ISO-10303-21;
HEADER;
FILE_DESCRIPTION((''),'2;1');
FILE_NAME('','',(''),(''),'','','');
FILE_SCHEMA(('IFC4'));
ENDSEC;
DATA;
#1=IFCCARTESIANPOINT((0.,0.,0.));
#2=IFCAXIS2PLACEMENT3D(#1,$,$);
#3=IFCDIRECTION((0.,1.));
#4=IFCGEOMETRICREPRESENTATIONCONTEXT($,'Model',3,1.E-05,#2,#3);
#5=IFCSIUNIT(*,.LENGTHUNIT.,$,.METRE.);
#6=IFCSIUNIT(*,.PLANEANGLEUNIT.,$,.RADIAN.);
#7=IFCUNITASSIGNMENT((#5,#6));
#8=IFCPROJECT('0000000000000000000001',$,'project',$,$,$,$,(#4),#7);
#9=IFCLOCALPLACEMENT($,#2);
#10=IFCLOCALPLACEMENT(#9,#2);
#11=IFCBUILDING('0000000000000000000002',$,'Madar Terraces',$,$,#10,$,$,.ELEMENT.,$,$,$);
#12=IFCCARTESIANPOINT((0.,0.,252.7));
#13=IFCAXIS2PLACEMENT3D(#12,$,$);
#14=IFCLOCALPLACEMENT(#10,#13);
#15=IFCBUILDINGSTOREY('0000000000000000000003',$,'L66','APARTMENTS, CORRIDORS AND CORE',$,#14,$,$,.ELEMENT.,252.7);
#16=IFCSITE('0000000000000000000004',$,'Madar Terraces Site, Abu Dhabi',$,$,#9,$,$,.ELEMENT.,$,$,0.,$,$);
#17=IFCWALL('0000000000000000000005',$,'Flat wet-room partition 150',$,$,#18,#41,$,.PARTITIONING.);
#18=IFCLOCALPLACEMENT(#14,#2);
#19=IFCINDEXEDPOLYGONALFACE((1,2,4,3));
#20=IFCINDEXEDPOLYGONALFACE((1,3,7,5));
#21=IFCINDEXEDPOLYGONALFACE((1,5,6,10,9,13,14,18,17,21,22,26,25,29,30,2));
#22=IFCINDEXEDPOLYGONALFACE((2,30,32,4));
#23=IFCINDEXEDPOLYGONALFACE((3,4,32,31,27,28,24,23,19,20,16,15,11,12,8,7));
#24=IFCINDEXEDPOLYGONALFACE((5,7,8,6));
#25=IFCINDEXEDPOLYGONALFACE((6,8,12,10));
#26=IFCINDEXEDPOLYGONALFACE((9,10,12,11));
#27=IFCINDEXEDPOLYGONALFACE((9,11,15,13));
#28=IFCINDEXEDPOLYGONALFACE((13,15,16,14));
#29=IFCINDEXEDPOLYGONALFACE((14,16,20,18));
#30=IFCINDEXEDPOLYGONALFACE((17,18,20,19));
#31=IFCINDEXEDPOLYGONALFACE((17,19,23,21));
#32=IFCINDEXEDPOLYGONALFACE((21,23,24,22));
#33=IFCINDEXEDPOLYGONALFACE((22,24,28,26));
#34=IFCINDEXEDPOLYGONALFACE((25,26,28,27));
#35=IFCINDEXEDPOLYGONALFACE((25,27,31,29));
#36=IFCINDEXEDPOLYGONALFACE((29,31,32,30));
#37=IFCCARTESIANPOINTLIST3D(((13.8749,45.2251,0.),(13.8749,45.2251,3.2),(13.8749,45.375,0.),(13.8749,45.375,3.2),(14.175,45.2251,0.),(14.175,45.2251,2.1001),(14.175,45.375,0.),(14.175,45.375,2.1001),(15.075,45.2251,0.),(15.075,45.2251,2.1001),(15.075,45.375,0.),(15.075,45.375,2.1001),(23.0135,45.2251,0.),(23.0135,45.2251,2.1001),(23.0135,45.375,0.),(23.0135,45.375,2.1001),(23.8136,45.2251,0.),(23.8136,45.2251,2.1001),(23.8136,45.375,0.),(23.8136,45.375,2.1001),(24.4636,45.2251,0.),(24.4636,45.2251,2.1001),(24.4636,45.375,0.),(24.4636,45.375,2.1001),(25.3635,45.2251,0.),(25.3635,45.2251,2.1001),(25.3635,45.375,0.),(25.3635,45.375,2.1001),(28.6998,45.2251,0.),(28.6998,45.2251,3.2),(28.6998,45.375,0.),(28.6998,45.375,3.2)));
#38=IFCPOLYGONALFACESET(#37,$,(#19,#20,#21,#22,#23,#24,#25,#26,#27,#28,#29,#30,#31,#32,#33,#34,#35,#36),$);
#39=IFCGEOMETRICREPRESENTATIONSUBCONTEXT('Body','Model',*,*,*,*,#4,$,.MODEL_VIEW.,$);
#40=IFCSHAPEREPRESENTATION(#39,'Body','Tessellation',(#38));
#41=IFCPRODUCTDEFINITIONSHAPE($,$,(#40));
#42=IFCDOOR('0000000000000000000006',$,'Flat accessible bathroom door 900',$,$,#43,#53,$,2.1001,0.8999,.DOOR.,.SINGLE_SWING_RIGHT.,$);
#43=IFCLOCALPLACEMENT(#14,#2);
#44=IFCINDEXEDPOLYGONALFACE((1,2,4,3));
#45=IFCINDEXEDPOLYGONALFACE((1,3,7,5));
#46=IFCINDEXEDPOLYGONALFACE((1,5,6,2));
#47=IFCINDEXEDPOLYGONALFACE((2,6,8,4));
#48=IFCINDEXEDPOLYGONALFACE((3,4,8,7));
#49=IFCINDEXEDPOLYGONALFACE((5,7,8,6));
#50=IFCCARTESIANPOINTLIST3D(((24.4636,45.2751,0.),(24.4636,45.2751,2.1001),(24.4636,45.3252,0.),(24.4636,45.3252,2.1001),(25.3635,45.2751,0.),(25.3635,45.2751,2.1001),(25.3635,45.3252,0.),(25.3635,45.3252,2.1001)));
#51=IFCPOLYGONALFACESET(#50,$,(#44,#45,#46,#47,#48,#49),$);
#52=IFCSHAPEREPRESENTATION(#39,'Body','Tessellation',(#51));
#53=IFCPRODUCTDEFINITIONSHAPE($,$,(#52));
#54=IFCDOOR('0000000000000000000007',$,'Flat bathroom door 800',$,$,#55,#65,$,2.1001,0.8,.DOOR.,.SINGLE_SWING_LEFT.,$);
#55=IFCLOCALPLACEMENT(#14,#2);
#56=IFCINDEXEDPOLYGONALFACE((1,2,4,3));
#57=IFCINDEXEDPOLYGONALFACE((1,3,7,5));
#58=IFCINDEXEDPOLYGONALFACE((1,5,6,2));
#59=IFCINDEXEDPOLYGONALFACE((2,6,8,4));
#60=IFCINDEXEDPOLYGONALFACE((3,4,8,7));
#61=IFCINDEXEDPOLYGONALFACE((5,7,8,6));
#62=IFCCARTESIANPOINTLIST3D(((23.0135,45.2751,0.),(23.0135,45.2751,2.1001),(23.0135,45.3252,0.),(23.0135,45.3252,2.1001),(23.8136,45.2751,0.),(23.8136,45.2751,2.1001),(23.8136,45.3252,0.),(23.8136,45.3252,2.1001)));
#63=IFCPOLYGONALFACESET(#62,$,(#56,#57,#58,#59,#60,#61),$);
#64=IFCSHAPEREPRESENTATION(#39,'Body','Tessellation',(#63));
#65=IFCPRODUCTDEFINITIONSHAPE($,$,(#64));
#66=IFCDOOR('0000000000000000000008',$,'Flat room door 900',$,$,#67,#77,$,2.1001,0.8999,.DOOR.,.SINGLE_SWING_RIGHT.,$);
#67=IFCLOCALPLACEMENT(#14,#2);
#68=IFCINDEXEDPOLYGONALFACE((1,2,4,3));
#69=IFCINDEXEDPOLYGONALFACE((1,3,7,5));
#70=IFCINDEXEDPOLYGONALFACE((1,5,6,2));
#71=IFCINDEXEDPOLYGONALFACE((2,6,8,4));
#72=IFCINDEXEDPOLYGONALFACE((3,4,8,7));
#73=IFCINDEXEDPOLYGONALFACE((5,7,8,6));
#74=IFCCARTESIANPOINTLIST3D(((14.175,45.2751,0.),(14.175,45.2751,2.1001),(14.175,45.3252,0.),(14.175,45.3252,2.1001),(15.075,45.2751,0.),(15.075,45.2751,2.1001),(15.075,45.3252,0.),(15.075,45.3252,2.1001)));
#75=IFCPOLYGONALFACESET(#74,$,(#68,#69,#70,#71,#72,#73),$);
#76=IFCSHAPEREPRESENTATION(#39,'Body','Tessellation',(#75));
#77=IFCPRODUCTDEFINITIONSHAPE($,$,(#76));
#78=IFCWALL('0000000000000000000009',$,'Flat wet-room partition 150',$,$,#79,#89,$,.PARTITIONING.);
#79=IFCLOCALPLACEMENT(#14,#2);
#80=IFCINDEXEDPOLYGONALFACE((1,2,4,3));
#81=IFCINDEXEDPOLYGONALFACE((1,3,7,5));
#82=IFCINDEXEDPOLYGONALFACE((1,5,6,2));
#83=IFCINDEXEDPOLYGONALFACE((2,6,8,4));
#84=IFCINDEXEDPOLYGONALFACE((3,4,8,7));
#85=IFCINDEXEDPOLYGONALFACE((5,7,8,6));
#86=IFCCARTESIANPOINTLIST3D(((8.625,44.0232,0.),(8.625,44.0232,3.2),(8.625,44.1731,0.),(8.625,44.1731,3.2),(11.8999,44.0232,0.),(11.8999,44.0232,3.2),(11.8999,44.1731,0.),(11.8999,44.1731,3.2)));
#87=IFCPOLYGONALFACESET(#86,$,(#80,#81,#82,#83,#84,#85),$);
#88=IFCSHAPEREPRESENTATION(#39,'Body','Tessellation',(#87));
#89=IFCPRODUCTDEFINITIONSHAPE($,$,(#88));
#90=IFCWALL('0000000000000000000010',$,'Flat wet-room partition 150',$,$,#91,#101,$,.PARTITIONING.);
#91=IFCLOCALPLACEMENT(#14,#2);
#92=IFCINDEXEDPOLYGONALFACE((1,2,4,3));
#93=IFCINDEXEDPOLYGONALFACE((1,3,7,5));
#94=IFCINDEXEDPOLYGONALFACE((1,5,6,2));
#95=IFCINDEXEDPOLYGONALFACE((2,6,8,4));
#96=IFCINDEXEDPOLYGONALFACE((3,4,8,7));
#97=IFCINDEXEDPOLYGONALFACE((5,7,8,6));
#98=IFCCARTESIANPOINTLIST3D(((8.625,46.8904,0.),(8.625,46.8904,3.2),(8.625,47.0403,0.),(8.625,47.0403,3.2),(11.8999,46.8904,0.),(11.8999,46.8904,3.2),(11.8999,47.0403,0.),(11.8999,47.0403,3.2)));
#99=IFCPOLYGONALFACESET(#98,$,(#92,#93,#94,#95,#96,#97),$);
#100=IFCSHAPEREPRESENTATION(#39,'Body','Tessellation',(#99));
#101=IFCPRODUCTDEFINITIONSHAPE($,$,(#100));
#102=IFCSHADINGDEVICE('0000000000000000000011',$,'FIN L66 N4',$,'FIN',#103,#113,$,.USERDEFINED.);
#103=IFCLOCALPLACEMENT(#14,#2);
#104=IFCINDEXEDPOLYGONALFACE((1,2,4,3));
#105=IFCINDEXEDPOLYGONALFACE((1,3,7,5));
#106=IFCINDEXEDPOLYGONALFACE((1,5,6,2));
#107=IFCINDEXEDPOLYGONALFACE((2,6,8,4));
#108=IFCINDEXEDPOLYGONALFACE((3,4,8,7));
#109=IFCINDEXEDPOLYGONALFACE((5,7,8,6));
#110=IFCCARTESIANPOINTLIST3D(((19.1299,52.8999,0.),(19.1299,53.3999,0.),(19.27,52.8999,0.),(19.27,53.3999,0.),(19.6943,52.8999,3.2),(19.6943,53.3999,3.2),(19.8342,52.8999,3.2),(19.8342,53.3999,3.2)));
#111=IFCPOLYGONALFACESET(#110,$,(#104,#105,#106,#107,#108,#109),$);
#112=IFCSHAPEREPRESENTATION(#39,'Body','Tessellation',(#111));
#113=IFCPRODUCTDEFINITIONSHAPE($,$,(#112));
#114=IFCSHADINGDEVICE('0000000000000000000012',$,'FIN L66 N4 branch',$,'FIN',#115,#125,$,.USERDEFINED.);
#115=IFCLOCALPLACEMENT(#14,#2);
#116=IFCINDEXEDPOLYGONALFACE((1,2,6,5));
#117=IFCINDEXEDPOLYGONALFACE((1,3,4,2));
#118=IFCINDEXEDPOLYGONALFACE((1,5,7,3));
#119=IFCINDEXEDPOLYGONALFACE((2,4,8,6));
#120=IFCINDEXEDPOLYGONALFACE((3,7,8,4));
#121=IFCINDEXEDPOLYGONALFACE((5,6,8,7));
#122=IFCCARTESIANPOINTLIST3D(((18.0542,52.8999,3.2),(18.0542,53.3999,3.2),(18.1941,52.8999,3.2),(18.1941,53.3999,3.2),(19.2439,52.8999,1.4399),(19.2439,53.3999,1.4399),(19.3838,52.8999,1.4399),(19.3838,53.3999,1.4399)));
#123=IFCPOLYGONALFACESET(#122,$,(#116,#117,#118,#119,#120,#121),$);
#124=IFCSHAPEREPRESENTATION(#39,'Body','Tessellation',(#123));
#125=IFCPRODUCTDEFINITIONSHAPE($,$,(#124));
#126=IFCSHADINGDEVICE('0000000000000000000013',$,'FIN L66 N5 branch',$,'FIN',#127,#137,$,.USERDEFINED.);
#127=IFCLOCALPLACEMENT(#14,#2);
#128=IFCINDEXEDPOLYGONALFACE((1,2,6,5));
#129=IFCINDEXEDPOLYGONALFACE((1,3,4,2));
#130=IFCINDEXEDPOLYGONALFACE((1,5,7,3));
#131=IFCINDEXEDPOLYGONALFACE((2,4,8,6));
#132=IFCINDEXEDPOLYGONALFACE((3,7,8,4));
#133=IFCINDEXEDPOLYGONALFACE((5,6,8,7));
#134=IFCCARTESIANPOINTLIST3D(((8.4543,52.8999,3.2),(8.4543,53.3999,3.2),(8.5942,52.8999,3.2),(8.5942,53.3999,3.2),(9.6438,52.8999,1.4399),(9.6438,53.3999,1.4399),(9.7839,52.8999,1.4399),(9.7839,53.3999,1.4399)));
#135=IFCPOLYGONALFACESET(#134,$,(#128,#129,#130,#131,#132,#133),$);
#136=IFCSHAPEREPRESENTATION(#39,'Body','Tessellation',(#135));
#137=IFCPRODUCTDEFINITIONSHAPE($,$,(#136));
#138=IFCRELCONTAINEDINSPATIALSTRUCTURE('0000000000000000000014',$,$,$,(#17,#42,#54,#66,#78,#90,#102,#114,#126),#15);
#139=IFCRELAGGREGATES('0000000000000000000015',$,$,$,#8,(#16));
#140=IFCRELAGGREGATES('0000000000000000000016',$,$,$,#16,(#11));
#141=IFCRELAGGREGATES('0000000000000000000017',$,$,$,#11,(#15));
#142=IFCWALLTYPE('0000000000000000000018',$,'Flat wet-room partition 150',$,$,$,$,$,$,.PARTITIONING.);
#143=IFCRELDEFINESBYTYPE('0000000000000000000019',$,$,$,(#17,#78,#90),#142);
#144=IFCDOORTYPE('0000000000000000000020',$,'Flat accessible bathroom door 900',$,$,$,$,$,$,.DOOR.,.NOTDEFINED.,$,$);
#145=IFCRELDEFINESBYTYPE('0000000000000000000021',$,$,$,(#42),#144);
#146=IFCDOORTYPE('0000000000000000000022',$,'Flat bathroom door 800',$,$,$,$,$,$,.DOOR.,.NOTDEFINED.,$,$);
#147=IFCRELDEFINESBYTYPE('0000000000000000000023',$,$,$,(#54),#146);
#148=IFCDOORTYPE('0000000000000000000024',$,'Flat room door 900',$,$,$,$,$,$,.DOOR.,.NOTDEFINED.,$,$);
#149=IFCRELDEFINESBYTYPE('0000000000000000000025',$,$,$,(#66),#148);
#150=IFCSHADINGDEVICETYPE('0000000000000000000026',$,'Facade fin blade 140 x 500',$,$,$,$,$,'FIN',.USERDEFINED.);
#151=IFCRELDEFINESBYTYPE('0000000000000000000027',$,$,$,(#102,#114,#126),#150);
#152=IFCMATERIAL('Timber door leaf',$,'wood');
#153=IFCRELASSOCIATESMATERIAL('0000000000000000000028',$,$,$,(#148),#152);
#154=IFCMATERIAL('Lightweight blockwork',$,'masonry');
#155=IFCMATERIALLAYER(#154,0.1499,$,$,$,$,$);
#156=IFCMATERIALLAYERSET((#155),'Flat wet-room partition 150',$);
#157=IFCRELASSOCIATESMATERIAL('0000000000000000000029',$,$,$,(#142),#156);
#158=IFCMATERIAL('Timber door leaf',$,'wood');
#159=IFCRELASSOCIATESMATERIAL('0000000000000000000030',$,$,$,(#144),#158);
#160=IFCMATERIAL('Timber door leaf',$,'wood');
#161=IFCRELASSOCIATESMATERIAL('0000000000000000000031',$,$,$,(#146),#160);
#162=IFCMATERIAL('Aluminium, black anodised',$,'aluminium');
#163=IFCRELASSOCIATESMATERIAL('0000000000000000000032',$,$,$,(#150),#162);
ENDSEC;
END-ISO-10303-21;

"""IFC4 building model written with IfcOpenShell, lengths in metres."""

from ifc_helpers import new_model, si_unit, direction, frame, frame_2d, origin, place, context, subcontext, project, spatial, polyline, rectangle, outline, extrude, material, layer, layer_set, type_object, element, fill, save


model = new_model("IFC4")

# Units and contexts
model_context = context("Model", 3, precision=1e-05, world=origin(), true_north=direction((0.0, 1.0)))
body_context = subcontext(model_context, "Body", "Model", "MODEL_VIEW")
ifc_project = project(units=[si_unit("LENGTHUNIT", "METRE"), si_unit("PLANEANGLEUNIT", "RADIAN")], contexts=[model_context])

# Site, building, storey
site_placement = place(None, origin())
site = spatial("IfcSite", under=ifc_project, at=site_placement, Name="Madar Terraces Site, Abu Dhabi", CompositionType="ELEMENT", RefElevation=0.0)
building_placement = place(site_placement, origin())
building = spatial("IfcBuilding", under=site, at=building_placement, Name="Madar Terraces", CompositionType="ELEMENT")
storey_placement = place(building_placement, frame((0.0, 0.0, 252.7)))
storey = spatial("IfcBuildingStorey", under=building, at=storey_placement, Name="L66", Description="APARTMENTS, CORRIDORS AND CORE", CompositionType="ELEMENT", Elevation=252.7)

# Shared definitions
ifc_material_1 = material(Name="Timber door leaf", Category="wood")
door_type_1 = type_object("IfcDoorType", Name="Flat room door 900", OperationType="NOTDEFINED", PredefinedType="DOOR", material=ifc_material_1)

# Wall, openings, doors
ifc_material_2 = material(Name="Lightweight blockwork", Category="masonry")
ifc_layer_1 = layer(ifc_material_2, 0.1499)
ifc_layer_set_1 = layer_set([ifc_layer_1], Name="Flat wet-room partition 150")
wall_type_1 = type_object("IfcWallType", Name="Flat wet-room partition 150", PredefinedType="PARTITIONING", material=ifc_layer_set_1)
wall_1_placement = place(storey_placement, frame((28.7, 45.3, 0.0), z_axis=(0.0, 0.0, 1.0), x_axis=(-1.0, 0.0, 0.0)))
wall_1 = element("IfcWall", 1, at=wall_1_placement, inside=storey, type_object=wall_type_1, Name="Flat wet-room partition 150", PredefinedType="PARTITIONING", context=body_context, shape_type="SweptSolid", body=[
    extrude(rectangle(XDim=14.825, YDim=0.1499, at=frame_2d((7.4126, 0.0))), origin(), (0.0, 0.0, 1.0), 3.2),
])
opening_1_placement = place(wall_1_placement, frame((13.625, 0.0, 0.0)))
opening_1 = element("IfcOpeningElement", 2, at=opening_1_placement, cuts=wall_1, PredefinedType="OPENING", context=body_context, shape_type="SweptSolid", body=[
    extrude(rectangle(XDim=0.8999, YDim=2.1001, at=frame_2d((0.45, 1.05))), frame((0.0, 0.085, 0.0), z_axis=(0.0, -1.0, 0.0), x_axis=(1.0, 0.0, 0.0)), (0.0, 0.0, 1.0), 0.1699),
])
opening_2_placement = place(wall_1_placement, frame((4.8865, 0.0, 0.0)))
opening_2 = element("IfcOpeningElement", 3, at=opening_2_placement, cuts=wall_1, PredefinedType="OPENING", context=body_context, shape_type="SweptSolid", body=[
    extrude(rectangle(XDim=0.8, YDim=2.1001, at=frame_2d((0.3999, 1.05))), frame((0.0, 0.085, 0.0), z_axis=(0.0, -1.0, 0.0), x_axis=(1.0, 0.0, 0.0)), (0.0, 0.0, 1.0), 0.1699),
])
opening_3_placement = place(wall_1_placement, frame((3.3364, 0.0, 0.0)))
opening_3 = element("IfcOpeningElement", 4, at=opening_3_placement, cuts=wall_1, PredefinedType="OPENING", context=body_context, shape_type="SweptSolid", body=[
    extrude(rectangle(XDim=0.8999, YDim=2.1001, at=frame_2d((0.45, 1.05))), frame((0.0, 0.085, 0.0), z_axis=(0.0, -1.0, 0.0), x_axis=(1.0, 0.0, 0.0)), (0.0, 0.0, 1.0), 0.1699),
])
ifc_material_3 = material(Name="Timber door leaf", Category="wood")
door_type_2 = type_object("IfcDoorType", Name="Flat accessible bathroom door 900", OperationType="NOTDEFINED", PredefinedType="DOOR", material=ifc_material_3)
door_1_placement = place(opening_3_placement, origin())
door_1 = element("IfcDoor", 5, at=door_1_placement, inside=storey, type_object=door_type_2, Name="Flat accessible bathroom door 900", OperationType="SINGLE_SWING_RIGHT", OverallHeight=2.1001, OverallWidth=0.8999, PredefinedType="DOOR", context=body_context, shape_type="SweptSolid", body=[
    extrude(rectangle(XDim=0.8999, YDim=2.1001, at=frame_2d((0.45, 1.05))), frame((0.0, 0.0249, 0.0), z_axis=(0.0, -1.0, 0.0), x_axis=(1.0, 0.0, 0.0)), (0.0, 0.0, 1.0), 0.05),
])
fill(opening_3, door_1)
ifc_material_4 = material(Name="Timber door leaf", Category="wood")
door_type_3 = type_object("IfcDoorType", Name="Flat bathroom door 800", OperationType="NOTDEFINED", PredefinedType="DOOR", material=ifc_material_4)
door_2_placement = place(opening_2_placement, origin())
door_2 = element("IfcDoor", 6, at=door_2_placement, inside=storey, type_object=door_type_3, Name="Flat bathroom door 800", OperationType="SINGLE_SWING_LEFT", OverallHeight=2.1001, OverallWidth=0.8, PredefinedType="DOOR", context=body_context, shape_type="SweptSolid", body=[
    extrude(rectangle(XDim=0.8, YDim=2.1001, at=frame_2d((0.3999, 1.05))), frame((0.0, 0.0249, 0.0), z_axis=(0.0, -1.0, 0.0), x_axis=(1.0, 0.0, 0.0)), (0.0, 0.0, 1.0), 0.05),
])
fill(opening_2, door_2)
door_3_placement = place(opening_1_placement, origin())
door_3 = element("IfcDoor", 7, at=door_3_placement, inside=storey, type_object=door_type_1, Name="Flat room door 900", OperationType="SINGLE_SWING_RIGHT", OverallHeight=2.1001, OverallWidth=0.8999, PredefinedType="DOOR", context=body_context, shape_type="SweptSolid", body=[
    extrude(rectangle(XDim=0.8999, YDim=2.1001, at=frame_2d((0.45, 1.05))), frame((0.0, 0.0249, 0.0), z_axis=(0.0, -1.0, 0.0), x_axis=(1.0, 0.0, 0.0)), (0.0, 0.0, 1.0), 0.05),
])
fill(opening_1, door_3)

# Walls
for number, where, z_axis, x_axis, name in (
    (8, (11.8999, 44.0981, 0.0), (0.0, 0.0, 1.0), (-1.0, 0.0, 0.0), "Flat wet-room partition 150"),
    (9, (11.8999, 46.9653, 0.0), (0.0, 0.0, 1.0), (-1.0, 0.0, 0.0), "Flat wet-room partition 150"),
):
    element("IfcWall", number, at=place(storey_placement, frame(where, z_axis=z_axis, x_axis=x_axis)), inside=storey, type_object=wall_type_1, Name=name, PredefinedType="PARTITIONING", context=body_context, shape_type="SweptSolid", body=[
        extrude(rectangle(XDim=3.2749, YDim=0.1499, at=frame_2d((1.6375, 0.0))), origin(), (0.0, 0.0, 1.0), 3.2),
    ])

# Shading devices
ifc_material_5 = material(Name="Aluminium, black anodised", Category="aluminium")
shading_device_type = type_object("IfcShadingDeviceType", Name="Facade fin blade 140 x 500", ElementType="FIN", PredefinedType="USERDEFINED", material=ifc_material_5)
shading_device_1_placement = place(storey_placement, frame((19.27, 53.1499, 0.0), z_axis=(0.0, 0.0, 1.0), x_axis=(-1.0, 0.0, 0.0)))
element("IfcShadingDevice", 10, at=shading_device_1_placement, inside=storey, type_object=shading_device_type, Name="FIN L66 N4", ObjectType="FIN", PredefinedType="USERDEFINED", context=body_context, shape_type="SweptSolid", body=[
    extrude(outline(polyline([(0.0, 0.0), (0.1401, 0.0), (-0.4243, 3.2), (-0.5642, 3.2), (0.0, 0.0)])), frame((0.0, 0.25, 0.0), z_axis=(0.0, -1.0, 0.0), x_axis=(1.0, 0.0, 0.0)), (0.0, 0.0, 1.0), 0.5),
])
shading_device_2_placement = place(storey_placement, frame((19.3838, 53.1499, 1.4399), z_axis=(0.0, 0.0, 1.0), x_axis=(-1.0, 0.0, 0.0)))
element("IfcShadingDevice", 11, at=shading_device_2_placement, inside=storey, type_object=shading_device_type, Name="FIN L66 N4 branch", ObjectType="FIN", PredefinedType="USERDEFINED", context=body_context, shape_type="SweptSolid", body=[
    extrude(outline(polyline([(0.0, 0.0), (0.1399, 0.0), (1.3296, 1.76), (1.1897, 1.76), (0.0, 0.0)])), frame((0.0, 0.25, 0.0), z_axis=(0.0, -1.0, 0.0), x_axis=(1.0, 0.0, 0.0)), (0.0, 0.0, 1.0), 0.5),
])
shading_device_3_placement = place(storey_placement, frame((9.7839, 53.1499, 1.4399), z_axis=(0.0, 0.0, 1.0), x_axis=(-1.0, 0.0, 0.0)))
element("IfcShadingDevice", 12, at=shading_device_3_placement, inside=storey, type_object=shading_device_type, Name="FIN L66 N5 branch", ObjectType="FIN", PredefinedType="USERDEFINED", context=body_context, shape_type="SweptSolid", body=[
    extrude(outline(polyline([(0.0, 0.0), (0.1401, 0.0), (1.3296, 1.76), (1.1897, 1.76), (0.0, 0.0)])), frame((0.0, 0.25, 0.0), z_axis=(0.0, -1.0, 0.0), x_axis=(1.0, 0.0, 0.0)), (0.0, 0.0, 1.0), 0.5),
])

save(model, "model.ifc")
